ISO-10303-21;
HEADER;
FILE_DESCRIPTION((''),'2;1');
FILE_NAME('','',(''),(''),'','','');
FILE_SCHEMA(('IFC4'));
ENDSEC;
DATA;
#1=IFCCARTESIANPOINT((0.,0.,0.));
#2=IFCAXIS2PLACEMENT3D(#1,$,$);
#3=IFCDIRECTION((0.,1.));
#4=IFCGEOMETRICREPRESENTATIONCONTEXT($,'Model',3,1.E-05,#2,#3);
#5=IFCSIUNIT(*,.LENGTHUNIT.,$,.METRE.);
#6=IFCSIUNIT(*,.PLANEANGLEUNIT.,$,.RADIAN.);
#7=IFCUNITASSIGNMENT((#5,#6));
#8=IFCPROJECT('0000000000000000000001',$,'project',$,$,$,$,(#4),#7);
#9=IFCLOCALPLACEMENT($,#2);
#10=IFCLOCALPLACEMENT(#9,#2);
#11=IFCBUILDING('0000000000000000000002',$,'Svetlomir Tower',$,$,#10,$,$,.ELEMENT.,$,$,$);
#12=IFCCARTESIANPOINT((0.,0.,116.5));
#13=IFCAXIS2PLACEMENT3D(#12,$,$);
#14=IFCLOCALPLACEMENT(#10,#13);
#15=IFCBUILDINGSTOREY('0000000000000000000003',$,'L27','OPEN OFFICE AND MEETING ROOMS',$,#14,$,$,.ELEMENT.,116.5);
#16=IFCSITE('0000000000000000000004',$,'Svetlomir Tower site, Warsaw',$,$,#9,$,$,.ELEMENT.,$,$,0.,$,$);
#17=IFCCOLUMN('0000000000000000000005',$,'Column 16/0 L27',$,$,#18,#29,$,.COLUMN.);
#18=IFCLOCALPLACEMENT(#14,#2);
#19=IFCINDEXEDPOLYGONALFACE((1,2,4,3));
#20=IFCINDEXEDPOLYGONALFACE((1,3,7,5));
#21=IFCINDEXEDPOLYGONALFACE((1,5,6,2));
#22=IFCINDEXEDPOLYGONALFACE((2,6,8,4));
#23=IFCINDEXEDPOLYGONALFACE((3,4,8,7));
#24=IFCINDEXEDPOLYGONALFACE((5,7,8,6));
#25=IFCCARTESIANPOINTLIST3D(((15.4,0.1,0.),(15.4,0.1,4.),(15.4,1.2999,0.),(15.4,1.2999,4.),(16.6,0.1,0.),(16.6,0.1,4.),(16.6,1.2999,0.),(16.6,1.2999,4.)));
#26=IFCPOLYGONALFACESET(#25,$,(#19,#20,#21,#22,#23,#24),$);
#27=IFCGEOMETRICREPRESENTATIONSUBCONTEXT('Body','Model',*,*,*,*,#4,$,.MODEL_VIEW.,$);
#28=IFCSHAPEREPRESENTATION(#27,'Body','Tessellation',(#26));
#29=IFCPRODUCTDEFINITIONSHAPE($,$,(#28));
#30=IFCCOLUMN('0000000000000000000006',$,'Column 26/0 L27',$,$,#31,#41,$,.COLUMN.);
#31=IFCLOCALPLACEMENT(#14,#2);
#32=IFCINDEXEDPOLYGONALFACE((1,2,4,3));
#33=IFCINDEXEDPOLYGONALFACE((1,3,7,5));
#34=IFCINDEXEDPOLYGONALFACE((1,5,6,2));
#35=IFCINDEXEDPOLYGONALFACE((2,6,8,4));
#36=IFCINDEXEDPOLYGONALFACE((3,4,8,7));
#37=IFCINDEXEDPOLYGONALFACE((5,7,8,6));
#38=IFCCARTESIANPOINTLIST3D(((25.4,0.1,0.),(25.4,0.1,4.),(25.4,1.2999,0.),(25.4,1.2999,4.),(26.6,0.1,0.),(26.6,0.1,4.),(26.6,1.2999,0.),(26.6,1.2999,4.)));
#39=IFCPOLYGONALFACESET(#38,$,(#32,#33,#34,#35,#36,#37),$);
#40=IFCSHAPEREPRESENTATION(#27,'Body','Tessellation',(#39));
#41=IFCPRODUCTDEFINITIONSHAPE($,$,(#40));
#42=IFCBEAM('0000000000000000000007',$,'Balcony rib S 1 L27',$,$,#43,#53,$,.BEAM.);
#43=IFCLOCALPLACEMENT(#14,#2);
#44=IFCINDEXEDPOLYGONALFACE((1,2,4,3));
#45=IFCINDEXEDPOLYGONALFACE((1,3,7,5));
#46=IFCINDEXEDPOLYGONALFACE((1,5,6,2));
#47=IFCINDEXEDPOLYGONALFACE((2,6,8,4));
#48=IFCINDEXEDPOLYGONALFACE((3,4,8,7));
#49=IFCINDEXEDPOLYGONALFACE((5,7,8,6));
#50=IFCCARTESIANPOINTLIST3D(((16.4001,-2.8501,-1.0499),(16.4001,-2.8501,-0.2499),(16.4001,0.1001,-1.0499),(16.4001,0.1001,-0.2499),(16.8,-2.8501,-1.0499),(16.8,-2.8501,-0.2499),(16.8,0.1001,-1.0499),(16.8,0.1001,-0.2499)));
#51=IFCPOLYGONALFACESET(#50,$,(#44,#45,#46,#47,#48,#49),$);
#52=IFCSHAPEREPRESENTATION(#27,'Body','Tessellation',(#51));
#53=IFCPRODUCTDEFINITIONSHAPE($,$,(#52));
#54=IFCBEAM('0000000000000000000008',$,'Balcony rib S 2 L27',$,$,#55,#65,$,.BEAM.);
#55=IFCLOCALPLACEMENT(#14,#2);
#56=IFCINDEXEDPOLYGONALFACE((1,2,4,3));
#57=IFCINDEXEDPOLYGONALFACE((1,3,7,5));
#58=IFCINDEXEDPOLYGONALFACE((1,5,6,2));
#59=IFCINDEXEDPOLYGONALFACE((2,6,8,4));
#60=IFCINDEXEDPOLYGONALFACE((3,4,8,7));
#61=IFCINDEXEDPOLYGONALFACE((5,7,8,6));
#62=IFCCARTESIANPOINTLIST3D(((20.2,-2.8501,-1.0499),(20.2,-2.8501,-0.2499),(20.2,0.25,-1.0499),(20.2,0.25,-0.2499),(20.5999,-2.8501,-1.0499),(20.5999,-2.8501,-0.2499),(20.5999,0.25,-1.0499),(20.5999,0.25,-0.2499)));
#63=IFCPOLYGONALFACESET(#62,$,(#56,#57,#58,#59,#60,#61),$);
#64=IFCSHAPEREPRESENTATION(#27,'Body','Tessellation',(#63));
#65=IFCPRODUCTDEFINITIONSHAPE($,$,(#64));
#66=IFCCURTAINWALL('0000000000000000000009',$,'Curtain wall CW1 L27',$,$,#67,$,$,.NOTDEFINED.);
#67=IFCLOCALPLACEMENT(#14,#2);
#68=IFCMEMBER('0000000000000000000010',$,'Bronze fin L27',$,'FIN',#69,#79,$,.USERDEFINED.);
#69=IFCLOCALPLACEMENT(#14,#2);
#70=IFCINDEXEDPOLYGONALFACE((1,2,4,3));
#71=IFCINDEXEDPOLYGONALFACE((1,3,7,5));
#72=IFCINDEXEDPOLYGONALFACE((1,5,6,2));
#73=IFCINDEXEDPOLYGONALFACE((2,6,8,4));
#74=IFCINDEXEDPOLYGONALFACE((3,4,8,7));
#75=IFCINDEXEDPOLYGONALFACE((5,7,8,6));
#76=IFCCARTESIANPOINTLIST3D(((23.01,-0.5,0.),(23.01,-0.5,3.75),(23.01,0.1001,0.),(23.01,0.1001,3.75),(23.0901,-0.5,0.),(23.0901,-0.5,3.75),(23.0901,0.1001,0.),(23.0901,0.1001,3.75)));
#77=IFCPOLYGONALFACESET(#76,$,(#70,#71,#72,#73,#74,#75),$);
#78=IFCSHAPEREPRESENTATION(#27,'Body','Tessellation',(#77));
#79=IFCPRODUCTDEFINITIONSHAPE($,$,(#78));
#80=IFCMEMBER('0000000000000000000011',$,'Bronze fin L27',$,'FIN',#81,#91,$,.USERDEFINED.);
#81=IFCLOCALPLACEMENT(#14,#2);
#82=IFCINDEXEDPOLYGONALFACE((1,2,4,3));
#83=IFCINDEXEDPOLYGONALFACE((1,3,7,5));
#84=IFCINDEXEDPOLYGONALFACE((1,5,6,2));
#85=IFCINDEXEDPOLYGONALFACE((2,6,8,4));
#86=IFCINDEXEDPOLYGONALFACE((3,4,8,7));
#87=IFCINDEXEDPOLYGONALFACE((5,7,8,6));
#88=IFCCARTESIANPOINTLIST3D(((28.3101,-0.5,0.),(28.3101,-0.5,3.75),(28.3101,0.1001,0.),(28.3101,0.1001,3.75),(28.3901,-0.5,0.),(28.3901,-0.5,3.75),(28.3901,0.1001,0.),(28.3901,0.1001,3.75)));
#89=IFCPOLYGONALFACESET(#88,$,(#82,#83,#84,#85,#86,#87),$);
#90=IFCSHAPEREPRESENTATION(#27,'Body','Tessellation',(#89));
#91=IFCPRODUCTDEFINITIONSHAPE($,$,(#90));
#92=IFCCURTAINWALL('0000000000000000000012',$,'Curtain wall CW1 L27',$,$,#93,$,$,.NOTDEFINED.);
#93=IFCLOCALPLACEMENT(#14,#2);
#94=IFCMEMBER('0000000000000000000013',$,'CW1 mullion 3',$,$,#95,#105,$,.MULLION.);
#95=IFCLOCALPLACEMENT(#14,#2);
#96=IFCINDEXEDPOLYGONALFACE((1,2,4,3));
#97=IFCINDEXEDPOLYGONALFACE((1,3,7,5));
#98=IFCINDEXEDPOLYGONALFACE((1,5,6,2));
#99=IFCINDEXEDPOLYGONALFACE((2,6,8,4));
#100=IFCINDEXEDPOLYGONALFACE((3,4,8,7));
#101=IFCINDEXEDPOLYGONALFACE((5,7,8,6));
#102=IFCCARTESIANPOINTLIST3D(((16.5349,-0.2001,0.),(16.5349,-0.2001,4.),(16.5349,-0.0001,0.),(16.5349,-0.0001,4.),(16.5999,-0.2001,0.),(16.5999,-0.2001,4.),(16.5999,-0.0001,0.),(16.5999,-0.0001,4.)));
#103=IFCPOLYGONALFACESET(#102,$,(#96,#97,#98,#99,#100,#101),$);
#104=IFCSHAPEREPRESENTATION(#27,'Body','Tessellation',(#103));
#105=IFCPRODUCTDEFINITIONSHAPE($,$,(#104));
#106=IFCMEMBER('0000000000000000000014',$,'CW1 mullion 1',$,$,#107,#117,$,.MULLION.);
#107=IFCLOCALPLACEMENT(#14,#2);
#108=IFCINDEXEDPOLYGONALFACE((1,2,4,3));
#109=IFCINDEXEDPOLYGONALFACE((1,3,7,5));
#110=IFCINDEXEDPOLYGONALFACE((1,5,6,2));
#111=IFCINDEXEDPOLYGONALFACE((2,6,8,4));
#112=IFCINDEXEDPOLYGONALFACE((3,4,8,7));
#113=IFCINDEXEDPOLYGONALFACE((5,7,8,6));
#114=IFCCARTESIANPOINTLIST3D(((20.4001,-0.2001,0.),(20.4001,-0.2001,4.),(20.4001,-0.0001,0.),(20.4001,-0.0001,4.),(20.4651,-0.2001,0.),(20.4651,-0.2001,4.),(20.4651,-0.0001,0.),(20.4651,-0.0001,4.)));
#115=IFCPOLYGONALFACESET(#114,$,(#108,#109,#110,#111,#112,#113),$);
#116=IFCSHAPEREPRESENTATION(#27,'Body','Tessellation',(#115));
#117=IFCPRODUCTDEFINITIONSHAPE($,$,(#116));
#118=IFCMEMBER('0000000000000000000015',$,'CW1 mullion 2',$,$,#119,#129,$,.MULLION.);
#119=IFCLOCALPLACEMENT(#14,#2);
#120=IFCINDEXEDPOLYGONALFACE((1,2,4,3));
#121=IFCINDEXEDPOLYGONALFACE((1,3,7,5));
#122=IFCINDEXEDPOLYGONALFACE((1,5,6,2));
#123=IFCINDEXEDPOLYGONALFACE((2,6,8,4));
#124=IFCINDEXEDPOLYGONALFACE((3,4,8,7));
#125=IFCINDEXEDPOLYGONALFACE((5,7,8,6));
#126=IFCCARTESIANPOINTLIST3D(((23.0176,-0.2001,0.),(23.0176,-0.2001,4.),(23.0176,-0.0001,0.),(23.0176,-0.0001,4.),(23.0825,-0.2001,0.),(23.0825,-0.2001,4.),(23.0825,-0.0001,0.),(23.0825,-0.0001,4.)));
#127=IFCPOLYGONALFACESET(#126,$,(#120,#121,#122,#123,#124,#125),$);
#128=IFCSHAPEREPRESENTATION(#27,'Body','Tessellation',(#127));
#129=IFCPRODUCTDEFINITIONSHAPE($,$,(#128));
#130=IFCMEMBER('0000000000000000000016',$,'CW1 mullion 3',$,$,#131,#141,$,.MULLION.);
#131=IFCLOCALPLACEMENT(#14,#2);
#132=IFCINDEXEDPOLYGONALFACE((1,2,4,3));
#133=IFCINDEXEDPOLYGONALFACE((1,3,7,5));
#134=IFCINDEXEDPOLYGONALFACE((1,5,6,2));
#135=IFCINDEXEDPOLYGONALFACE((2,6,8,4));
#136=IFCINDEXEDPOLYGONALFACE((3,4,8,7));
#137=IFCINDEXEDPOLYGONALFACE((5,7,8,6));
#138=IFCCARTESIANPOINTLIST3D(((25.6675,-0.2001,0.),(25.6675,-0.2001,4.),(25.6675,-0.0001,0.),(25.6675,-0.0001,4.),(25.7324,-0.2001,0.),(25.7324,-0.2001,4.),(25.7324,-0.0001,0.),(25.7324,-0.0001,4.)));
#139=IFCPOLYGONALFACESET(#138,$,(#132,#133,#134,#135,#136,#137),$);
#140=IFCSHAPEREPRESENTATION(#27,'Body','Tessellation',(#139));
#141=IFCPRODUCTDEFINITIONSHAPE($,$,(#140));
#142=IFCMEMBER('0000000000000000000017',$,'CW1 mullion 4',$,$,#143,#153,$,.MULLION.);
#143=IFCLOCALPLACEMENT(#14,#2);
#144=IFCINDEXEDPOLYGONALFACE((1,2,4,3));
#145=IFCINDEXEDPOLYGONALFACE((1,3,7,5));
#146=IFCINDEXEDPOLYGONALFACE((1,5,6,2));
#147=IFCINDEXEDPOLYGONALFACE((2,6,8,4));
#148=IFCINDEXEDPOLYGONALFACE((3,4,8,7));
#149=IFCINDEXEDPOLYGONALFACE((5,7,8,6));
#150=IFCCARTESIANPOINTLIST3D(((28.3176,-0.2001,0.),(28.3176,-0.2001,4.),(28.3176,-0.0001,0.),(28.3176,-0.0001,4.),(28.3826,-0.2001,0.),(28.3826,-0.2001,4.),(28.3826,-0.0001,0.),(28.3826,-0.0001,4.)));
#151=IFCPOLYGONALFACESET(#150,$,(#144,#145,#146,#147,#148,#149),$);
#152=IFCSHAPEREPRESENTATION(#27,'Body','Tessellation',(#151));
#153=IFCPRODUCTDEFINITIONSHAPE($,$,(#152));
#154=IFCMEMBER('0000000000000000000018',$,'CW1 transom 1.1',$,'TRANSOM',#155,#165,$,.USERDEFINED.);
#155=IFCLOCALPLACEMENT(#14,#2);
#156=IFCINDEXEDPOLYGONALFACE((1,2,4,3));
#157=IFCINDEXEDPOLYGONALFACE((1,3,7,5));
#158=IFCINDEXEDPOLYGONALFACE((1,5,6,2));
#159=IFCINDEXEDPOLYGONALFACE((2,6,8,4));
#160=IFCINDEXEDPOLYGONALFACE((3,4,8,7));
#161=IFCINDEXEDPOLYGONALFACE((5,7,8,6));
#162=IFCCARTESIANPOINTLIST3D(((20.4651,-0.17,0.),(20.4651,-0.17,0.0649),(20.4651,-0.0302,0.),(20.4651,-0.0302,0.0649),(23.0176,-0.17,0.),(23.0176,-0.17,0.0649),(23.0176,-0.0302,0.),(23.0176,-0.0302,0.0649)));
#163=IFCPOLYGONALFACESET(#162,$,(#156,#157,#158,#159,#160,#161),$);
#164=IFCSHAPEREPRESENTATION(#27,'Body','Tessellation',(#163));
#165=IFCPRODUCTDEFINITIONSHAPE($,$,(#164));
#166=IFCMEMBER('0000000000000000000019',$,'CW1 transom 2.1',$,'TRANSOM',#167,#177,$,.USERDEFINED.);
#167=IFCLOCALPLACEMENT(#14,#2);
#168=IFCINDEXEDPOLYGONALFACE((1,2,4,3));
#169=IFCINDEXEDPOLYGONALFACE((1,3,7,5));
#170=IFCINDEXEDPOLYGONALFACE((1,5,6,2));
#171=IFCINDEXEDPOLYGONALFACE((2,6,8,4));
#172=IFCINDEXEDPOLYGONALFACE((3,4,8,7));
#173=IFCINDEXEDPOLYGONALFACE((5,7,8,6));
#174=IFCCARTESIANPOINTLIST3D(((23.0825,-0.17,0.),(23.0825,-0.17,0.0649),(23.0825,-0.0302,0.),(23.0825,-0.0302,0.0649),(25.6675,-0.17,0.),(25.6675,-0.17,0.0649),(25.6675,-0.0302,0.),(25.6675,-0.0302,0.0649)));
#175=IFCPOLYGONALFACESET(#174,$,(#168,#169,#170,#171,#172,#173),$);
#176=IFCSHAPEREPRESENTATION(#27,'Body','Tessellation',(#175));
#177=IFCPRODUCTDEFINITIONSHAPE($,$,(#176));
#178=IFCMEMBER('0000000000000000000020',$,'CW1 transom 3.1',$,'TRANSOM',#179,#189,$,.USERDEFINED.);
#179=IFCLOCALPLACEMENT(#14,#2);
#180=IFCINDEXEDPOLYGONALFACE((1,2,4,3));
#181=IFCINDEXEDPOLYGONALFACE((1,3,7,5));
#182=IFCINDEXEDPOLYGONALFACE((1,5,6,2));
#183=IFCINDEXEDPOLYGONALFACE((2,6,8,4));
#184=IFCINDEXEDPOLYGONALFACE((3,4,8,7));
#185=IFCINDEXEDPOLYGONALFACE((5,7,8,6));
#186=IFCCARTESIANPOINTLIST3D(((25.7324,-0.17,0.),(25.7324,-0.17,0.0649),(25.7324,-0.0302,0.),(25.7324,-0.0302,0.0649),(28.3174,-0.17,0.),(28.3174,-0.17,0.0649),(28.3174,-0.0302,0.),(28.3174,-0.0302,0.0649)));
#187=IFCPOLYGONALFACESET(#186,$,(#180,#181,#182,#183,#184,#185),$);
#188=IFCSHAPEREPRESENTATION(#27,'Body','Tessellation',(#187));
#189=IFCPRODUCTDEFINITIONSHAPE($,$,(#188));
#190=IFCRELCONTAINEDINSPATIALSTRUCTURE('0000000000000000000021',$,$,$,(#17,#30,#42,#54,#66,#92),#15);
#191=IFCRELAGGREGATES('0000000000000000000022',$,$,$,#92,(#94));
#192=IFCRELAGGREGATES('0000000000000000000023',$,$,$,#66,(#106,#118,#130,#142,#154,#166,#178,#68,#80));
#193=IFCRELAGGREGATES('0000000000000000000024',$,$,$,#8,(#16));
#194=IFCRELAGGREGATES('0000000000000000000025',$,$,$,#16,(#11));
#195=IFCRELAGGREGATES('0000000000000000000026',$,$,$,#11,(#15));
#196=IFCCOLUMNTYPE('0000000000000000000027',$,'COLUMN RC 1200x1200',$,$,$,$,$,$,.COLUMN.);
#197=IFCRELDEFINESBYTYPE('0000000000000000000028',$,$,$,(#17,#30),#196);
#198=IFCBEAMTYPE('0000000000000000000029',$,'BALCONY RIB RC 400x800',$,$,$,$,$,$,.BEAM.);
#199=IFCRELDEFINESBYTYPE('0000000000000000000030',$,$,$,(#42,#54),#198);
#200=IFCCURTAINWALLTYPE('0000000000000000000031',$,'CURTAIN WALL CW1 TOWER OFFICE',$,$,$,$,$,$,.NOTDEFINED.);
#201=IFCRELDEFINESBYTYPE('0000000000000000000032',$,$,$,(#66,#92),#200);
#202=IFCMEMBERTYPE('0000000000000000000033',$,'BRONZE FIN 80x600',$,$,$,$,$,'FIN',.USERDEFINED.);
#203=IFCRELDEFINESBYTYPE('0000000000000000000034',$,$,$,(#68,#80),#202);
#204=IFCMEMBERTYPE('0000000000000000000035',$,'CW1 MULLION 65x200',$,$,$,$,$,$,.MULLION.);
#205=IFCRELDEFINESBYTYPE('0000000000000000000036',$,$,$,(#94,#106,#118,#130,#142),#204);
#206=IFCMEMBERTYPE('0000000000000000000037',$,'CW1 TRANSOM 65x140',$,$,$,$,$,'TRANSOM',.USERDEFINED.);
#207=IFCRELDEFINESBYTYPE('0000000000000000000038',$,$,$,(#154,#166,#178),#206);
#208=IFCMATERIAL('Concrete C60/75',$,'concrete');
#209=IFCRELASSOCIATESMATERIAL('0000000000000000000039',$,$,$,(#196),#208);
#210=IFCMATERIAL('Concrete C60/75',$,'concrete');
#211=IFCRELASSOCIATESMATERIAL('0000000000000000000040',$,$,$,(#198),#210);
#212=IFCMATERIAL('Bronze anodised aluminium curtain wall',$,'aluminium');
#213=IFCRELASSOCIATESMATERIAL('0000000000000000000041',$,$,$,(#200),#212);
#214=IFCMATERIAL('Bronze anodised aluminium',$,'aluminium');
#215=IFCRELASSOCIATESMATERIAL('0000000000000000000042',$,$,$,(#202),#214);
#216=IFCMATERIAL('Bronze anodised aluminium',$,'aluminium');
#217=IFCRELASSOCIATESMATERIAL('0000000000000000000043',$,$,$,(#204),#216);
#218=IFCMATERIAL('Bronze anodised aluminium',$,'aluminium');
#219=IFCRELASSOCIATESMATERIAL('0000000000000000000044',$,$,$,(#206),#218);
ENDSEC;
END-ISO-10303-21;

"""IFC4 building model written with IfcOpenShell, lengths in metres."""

from ifc_helpers import new_model, si_unit, direction, frame, origin, origin_2d, place, context, subcontext, project, spatial, rectangle, extrude, material, material_profile, profile_set, type_object, element, aggregate, save


model = new_model("IFC4")

# Units and contexts
model_context = context("Model", 3, precision=1e-05, world=origin(), true_north=direction((0.0, 1.0)))
body_context = subcontext(model_context, "Body", "Model", "MODEL_VIEW")
ifc_project = project(units=[si_unit("LENGTHUNIT", "METRE"), si_unit("PLANEANGLEUNIT", "RADIAN")], contexts=[model_context])

# Site, building, storey
site_placement = place(None, origin())
site = spatial("IfcSite", under=ifc_project, at=site_placement, Name="Svetlomir Tower site, Warsaw", CompositionType="ELEMENT", RefElevation=0.0)
building_placement = place(site_placement, origin())
building = spatial("IfcBuilding", under=site, at=building_placement, Name="Svetlomir Tower", CompositionType="ELEMENT")
storey_placement = place(building_placement, frame((0.0, 0.0, 116.5)))
storey = spatial("IfcBuildingStorey", under=building, at=storey_placement, Name="L27", Description="OPEN OFFICE AND MEETING ROOMS", CompositionType="ELEMENT", Elevation=116.5)

# Columns
ifc_material_1 = material(Name="Concrete C60/75", Category="concrete")
ifc_material_profile_1 = material_profile(ifc_material_1, rectangle(XDim=1.2, YDim=1.2, at=origin_2d()), Name="RC 1200x1200")
ifc_profile_set_1 = profile_set([ifc_material_profile_1], Name="Concrete C60/75")
column_type = type_object("IfcColumnType", Name="COLUMN RC 1200x1200", PredefinedType="COLUMN", material=ifc_profile_set_1)
for number, where, z_axis, x_axis, name in (
    (1, (16.0, 0.7, 0.0), (0.0, 0.0, 1.0), (1.0, 0.0, 0.0), "Column 16/0 L27"),
    (2, (26.0, 0.7, 0.0), (0.0, 0.0, 1.0), (1.0, 0.0, 0.0), "Column 26/0 L27"),
):
    element("IfcColumn", number, at=place(storey_placement, frame(where, z_axis=z_axis, x_axis=x_axis)), inside=storey, type_object=column_type, Name=name, PredefinedType="COLUMN", context=body_context, shape_type="SweptSolid", body=[
        extrude(rectangle(XDim=1.2, YDim=1.2, at=origin_2d()), origin(), (0.0, 0.0, 1.0), 4.0),
    ])

# Beams
ifc_material_2 = material(Name="Concrete C60/75", Category="concrete")
ifc_material_profile_2 = material_profile(ifc_material_2, rectangle(XDim=0.3999, YDim=0.8, at=origin_2d()), Name="RC 400x800")
ifc_profile_set_2 = profile_set([ifc_material_profile_2], Name="Concrete C60/75")
beam_type_1 = type_object("IfcBeamType", Name="BALCONY RIB RC 400x800", PredefinedType="BEAM", material=ifc_profile_set_2)
beam_1_placement = place(storey_placement, frame((16.6001, 0.1001, -0.6499), z_axis=(0.0, -1.0, 0.0), x_axis=(1.0, 0.0, 0.0)))
element("IfcBeam", 3, at=beam_1_placement, inside=storey, type_object=beam_type_1, Name="Balcony rib S 1 L27", PredefinedType="BEAM", context=body_context, shape_type="SweptSolid", body=[
    extrude(rectangle(XDim=0.3999, YDim=0.8, at=origin_2d()), origin(), (0.0, 0.0, 1.0), 2.9502),
])
beam_2_placement = place(storey_placement, frame((20.3999, 0.25, -0.6499), z_axis=(0.0, -1.0, 0.0), x_axis=(1.0, 0.0, 0.0)))
element("IfcBeam", 4, at=beam_2_placement, inside=storey, type_object=beam_type_1, Name="Balcony rib S 2 L27", PredefinedType="BEAM", context=body_context, shape_type="SweptSolid", body=[
    extrude(rectangle(XDim=0.3999, YDim=0.8, at=origin_2d()), origin(), (0.0, 0.0, 1.0), 3.1001),
])

# Curtain wall, members
ifc_material_3 = material(Name="Bronze anodised aluminium curtain wall", Category="aluminium")
curtain_wall_type = type_object("IfcCurtainWallType", Name="CURTAIN WALL CW1 TOWER OFFICE", PredefinedType="NOTDEFINED", material=ifc_material_3)
curtain_wall_1_placement = place(storey_placement, origin())
curtain_wall_1 = element("IfcCurtainWall", 5, at=curtain_wall_1_placement, inside=storey, type_object=curtain_wall_type, Name="Curtain wall CW1 L27", PredefinedType="NOTDEFINED")
ifc_material_4 = material(Name="Bronze anodised aluminium", Category="aluminium")
ifc_material_profile_3 = material_profile(ifc_material_4, rectangle(XDim=0.0801, YDim=0.6001, at=origin_2d()), Name="FIN 80x600")
ifc_profile_set_3 = profile_set([ifc_material_profile_3], Name="Bronze anodised aluminium 6063-T6")
member_type_1 = type_object("IfcMemberType", Name="BRONZE FIN 80x600", ElementType="FIN", PredefinedType="USERDEFINED", material=ifc_profile_set_3)
member_1_placement = place(storey_placement, frame((23.05, -0.2, 0.0), z_axis=(0.0, 0.0, 1.0), x_axis=(1.0, 0.0, 0.0)))
member_1 = element("IfcMember", 6, at=member_1_placement, type_object=member_type_1, Name="Bronze fin L27", ObjectType="FIN", PredefinedType="USERDEFINED", context=body_context, shape_type="SweptSolid", body=[
    extrude(rectangle(XDim=0.0801, YDim=0.6001, at=origin_2d()), origin(), (0.0, 0.0, 1.0), 3.75),
])
member_2_placement = place(storey_placement, frame((28.3501, -0.2, 0.0), z_axis=(0.0, 0.0, 1.0), x_axis=(1.0, 0.0, 0.0)))
member_2 = element("IfcMember", 7, at=member_2_placement, type_object=member_type_1, Name="Bronze fin L27", ObjectType="FIN", PredefinedType="USERDEFINED", context=body_context, shape_type="SweptSolid", body=[
    extrude(rectangle(XDim=0.0801, YDim=0.6001, at=origin_2d()), origin(), (0.0, 0.0, 1.0), 3.75),
])

# Curtain wall, member
curtain_wall_2_placement = place(storey_placement, origin())
curtain_wall_2 = element("IfcCurtainWall", 8, at=curtain_wall_2_placement, inside=storey, type_object=curtain_wall_type, Name="Curtain wall CW1 L27", PredefinedType="NOTDEFINED")
ifc_material_5 = material(Name="Bronze anodised aluminium", Category="aluminium")
ifc_material_profile_4 = material_profile(ifc_material_5, rectangle(XDim=0.0649, YDim=0.2, at=origin_2d()), Name="AL 65x200")
ifc_profile_set_4 = profile_set([ifc_material_profile_4], Name="Bronze anodised aluminium 6063-T6")
member_type_2 = type_object("IfcMemberType", Name="CW1 MULLION 65x200", PredefinedType="MULLION", material=ifc_profile_set_4)
member_3_placement = place(storey_placement, frame((16.5674, -0.1001, 0.0), z_axis=(0.0, 0.0, 1.0), x_axis=(1.0, 0.0, 0.0)))
member_3 = element("IfcMember", 9, at=member_3_placement, type_object=member_type_2, Name="CW1 mullion 3", PredefinedType="MULLION", context=body_context, shape_type="SweptSolid", body=[
    extrude(rectangle(XDim=0.0649, YDim=0.2, at=origin_2d()), origin(), (0.0, 0.0, 1.0), 4.0),
])

# Members
member_4_placement = place(storey_placement, frame((20.4326, -0.1001, 0.0), z_axis=(0.0, 0.0, 1.0), x_axis=(1.0, 0.0, 0.0)))
member_4 = element("IfcMember", 10, at=member_4_placement, type_object=member_type_2, Name="CW1 mullion 1", PredefinedType="MULLION", context=body_context, shape_type="SweptSolid", body=[
    extrude(rectangle(XDim=0.0649, YDim=0.2, at=origin_2d()), origin(), (0.0, 0.0, 1.0), 4.0),
])
member_5_placement = place(storey_placement, frame((23.05, -0.1001, 0.0), z_axis=(0.0, 0.0, 1.0), x_axis=(1.0, 0.0, 0.0)))
member_5 = element("IfcMember", 11, at=member_5_placement, type_object=member_type_2, Name="CW1 mullion 2", PredefinedType="MULLION", context=body_context, shape_type="SweptSolid", body=[
    extrude(rectangle(XDim=0.0649, YDim=0.2, at=origin_2d()), origin(), (0.0, 0.0, 1.0), 4.0),
])
member_6_placement = place(storey_placement, frame((25.7, -0.1001, 0.0), z_axis=(0.0, 0.0, 1.0), x_axis=(1.0, 0.0, 0.0)))
member_6 = element("IfcMember", 12, at=member_6_placement, type_object=member_type_2, Name="CW1 mullion 3", PredefinedType="MULLION", context=body_context, shape_type="SweptSolid", body=[
    extrude(rectangle(XDim=0.0649, YDim=0.2, at=origin_2d()), origin(), (0.0, 0.0, 1.0), 4.0),
])
member_7_placement = place(storey_placement, frame((28.3501, -0.1001, 0.0), z_axis=(0.0, 0.0, 1.0), x_axis=(1.0, 0.0, 0.0)))
member_7 = element("IfcMember", 13, at=member_7_placement, type_object=member_type_2, Name="CW1 mullion 4", PredefinedType="MULLION", context=body_context, shape_type="SweptSolid", body=[
    extrude(rectangle(XDim=0.0649, YDim=0.2, at=origin_2d()), origin(), (0.0, 0.0, 1.0), 4.0),
])
ifc_material_6 = material(Name="Bronze anodised aluminium", Category="aluminium")
ifc_material_profile_5 = material_profile(ifc_material_6, rectangle(XDim=0.1399, YDim=0.0649, at=origin_2d()), Name="AL 140x65")
ifc_profile_set_5 = profile_set([ifc_material_profile_5], Name="Bronze anodised aluminium 6063-T6")
member_type_3 = type_object("IfcMemberType", Name="CW1 TRANSOM 65x140", ElementType="TRANSOM", PredefinedType="USERDEFINED", material=ifc_profile_set_5)
member_8_placement = place(storey_placement, frame((20.4651, -0.1001, 0.0325), z_axis=(1.0, 0.0, 0.0), x_axis=(0.0, 1.0, 0.0)))
member_8 = element("IfcMember", 14, at=member_8_placement, type_object=member_type_3, Name="CW1 transom 1.1", ObjectType="TRANSOM", PredefinedType="USERDEFINED", context=body_context, shape_type="SweptSolid", body=[
    extrude(rectangle(XDim=0.1399, YDim=0.0649, at=origin_2d()), origin(), (0.0, 0.0, 1.0), 2.5525),
])
member_9_placement = place(storey_placement, frame((23.0825, -0.1001, 0.0325), z_axis=(1.0, 0.0, 0.0), x_axis=(0.0, 1.0, 0.0)))
member_9 = element("IfcMember", 15, at=member_9_placement, type_object=member_type_3, Name="CW1 transom 2.1", ObjectType="TRANSOM", PredefinedType="USERDEFINED", context=body_context, shape_type="SweptSolid", body=[
    extrude(rectangle(XDim=0.1399, YDim=0.0649, at=origin_2d()), origin(), (0.0, 0.0, 1.0), 2.585),
])
member_10_placement = place(storey_placement, frame((25.7324, -0.1001, 0.0325), z_axis=(1.0, 0.0, 0.0), x_axis=(0.0, 1.0, 0.0)))
member_10 = element("IfcMember", 16, at=member_10_placement, type_object=member_type_3, Name="CW1 transom 3.1", ObjectType="TRANSOM", PredefinedType="USERDEFINED", context=body_context, shape_type="SweptSolid", body=[
    extrude(rectangle(XDim=0.1399, YDim=0.0649, at=origin_2d()), origin(), (0.0, 0.0, 1.0), 2.585),
])

aggregate(curtain_wall_2, [member_3])
aggregate(curtain_wall_1, [member_4, member_5, member_6, member_7, member_8, member_9, member_10, member_1, member_2])

save(model, "model.ifc")
